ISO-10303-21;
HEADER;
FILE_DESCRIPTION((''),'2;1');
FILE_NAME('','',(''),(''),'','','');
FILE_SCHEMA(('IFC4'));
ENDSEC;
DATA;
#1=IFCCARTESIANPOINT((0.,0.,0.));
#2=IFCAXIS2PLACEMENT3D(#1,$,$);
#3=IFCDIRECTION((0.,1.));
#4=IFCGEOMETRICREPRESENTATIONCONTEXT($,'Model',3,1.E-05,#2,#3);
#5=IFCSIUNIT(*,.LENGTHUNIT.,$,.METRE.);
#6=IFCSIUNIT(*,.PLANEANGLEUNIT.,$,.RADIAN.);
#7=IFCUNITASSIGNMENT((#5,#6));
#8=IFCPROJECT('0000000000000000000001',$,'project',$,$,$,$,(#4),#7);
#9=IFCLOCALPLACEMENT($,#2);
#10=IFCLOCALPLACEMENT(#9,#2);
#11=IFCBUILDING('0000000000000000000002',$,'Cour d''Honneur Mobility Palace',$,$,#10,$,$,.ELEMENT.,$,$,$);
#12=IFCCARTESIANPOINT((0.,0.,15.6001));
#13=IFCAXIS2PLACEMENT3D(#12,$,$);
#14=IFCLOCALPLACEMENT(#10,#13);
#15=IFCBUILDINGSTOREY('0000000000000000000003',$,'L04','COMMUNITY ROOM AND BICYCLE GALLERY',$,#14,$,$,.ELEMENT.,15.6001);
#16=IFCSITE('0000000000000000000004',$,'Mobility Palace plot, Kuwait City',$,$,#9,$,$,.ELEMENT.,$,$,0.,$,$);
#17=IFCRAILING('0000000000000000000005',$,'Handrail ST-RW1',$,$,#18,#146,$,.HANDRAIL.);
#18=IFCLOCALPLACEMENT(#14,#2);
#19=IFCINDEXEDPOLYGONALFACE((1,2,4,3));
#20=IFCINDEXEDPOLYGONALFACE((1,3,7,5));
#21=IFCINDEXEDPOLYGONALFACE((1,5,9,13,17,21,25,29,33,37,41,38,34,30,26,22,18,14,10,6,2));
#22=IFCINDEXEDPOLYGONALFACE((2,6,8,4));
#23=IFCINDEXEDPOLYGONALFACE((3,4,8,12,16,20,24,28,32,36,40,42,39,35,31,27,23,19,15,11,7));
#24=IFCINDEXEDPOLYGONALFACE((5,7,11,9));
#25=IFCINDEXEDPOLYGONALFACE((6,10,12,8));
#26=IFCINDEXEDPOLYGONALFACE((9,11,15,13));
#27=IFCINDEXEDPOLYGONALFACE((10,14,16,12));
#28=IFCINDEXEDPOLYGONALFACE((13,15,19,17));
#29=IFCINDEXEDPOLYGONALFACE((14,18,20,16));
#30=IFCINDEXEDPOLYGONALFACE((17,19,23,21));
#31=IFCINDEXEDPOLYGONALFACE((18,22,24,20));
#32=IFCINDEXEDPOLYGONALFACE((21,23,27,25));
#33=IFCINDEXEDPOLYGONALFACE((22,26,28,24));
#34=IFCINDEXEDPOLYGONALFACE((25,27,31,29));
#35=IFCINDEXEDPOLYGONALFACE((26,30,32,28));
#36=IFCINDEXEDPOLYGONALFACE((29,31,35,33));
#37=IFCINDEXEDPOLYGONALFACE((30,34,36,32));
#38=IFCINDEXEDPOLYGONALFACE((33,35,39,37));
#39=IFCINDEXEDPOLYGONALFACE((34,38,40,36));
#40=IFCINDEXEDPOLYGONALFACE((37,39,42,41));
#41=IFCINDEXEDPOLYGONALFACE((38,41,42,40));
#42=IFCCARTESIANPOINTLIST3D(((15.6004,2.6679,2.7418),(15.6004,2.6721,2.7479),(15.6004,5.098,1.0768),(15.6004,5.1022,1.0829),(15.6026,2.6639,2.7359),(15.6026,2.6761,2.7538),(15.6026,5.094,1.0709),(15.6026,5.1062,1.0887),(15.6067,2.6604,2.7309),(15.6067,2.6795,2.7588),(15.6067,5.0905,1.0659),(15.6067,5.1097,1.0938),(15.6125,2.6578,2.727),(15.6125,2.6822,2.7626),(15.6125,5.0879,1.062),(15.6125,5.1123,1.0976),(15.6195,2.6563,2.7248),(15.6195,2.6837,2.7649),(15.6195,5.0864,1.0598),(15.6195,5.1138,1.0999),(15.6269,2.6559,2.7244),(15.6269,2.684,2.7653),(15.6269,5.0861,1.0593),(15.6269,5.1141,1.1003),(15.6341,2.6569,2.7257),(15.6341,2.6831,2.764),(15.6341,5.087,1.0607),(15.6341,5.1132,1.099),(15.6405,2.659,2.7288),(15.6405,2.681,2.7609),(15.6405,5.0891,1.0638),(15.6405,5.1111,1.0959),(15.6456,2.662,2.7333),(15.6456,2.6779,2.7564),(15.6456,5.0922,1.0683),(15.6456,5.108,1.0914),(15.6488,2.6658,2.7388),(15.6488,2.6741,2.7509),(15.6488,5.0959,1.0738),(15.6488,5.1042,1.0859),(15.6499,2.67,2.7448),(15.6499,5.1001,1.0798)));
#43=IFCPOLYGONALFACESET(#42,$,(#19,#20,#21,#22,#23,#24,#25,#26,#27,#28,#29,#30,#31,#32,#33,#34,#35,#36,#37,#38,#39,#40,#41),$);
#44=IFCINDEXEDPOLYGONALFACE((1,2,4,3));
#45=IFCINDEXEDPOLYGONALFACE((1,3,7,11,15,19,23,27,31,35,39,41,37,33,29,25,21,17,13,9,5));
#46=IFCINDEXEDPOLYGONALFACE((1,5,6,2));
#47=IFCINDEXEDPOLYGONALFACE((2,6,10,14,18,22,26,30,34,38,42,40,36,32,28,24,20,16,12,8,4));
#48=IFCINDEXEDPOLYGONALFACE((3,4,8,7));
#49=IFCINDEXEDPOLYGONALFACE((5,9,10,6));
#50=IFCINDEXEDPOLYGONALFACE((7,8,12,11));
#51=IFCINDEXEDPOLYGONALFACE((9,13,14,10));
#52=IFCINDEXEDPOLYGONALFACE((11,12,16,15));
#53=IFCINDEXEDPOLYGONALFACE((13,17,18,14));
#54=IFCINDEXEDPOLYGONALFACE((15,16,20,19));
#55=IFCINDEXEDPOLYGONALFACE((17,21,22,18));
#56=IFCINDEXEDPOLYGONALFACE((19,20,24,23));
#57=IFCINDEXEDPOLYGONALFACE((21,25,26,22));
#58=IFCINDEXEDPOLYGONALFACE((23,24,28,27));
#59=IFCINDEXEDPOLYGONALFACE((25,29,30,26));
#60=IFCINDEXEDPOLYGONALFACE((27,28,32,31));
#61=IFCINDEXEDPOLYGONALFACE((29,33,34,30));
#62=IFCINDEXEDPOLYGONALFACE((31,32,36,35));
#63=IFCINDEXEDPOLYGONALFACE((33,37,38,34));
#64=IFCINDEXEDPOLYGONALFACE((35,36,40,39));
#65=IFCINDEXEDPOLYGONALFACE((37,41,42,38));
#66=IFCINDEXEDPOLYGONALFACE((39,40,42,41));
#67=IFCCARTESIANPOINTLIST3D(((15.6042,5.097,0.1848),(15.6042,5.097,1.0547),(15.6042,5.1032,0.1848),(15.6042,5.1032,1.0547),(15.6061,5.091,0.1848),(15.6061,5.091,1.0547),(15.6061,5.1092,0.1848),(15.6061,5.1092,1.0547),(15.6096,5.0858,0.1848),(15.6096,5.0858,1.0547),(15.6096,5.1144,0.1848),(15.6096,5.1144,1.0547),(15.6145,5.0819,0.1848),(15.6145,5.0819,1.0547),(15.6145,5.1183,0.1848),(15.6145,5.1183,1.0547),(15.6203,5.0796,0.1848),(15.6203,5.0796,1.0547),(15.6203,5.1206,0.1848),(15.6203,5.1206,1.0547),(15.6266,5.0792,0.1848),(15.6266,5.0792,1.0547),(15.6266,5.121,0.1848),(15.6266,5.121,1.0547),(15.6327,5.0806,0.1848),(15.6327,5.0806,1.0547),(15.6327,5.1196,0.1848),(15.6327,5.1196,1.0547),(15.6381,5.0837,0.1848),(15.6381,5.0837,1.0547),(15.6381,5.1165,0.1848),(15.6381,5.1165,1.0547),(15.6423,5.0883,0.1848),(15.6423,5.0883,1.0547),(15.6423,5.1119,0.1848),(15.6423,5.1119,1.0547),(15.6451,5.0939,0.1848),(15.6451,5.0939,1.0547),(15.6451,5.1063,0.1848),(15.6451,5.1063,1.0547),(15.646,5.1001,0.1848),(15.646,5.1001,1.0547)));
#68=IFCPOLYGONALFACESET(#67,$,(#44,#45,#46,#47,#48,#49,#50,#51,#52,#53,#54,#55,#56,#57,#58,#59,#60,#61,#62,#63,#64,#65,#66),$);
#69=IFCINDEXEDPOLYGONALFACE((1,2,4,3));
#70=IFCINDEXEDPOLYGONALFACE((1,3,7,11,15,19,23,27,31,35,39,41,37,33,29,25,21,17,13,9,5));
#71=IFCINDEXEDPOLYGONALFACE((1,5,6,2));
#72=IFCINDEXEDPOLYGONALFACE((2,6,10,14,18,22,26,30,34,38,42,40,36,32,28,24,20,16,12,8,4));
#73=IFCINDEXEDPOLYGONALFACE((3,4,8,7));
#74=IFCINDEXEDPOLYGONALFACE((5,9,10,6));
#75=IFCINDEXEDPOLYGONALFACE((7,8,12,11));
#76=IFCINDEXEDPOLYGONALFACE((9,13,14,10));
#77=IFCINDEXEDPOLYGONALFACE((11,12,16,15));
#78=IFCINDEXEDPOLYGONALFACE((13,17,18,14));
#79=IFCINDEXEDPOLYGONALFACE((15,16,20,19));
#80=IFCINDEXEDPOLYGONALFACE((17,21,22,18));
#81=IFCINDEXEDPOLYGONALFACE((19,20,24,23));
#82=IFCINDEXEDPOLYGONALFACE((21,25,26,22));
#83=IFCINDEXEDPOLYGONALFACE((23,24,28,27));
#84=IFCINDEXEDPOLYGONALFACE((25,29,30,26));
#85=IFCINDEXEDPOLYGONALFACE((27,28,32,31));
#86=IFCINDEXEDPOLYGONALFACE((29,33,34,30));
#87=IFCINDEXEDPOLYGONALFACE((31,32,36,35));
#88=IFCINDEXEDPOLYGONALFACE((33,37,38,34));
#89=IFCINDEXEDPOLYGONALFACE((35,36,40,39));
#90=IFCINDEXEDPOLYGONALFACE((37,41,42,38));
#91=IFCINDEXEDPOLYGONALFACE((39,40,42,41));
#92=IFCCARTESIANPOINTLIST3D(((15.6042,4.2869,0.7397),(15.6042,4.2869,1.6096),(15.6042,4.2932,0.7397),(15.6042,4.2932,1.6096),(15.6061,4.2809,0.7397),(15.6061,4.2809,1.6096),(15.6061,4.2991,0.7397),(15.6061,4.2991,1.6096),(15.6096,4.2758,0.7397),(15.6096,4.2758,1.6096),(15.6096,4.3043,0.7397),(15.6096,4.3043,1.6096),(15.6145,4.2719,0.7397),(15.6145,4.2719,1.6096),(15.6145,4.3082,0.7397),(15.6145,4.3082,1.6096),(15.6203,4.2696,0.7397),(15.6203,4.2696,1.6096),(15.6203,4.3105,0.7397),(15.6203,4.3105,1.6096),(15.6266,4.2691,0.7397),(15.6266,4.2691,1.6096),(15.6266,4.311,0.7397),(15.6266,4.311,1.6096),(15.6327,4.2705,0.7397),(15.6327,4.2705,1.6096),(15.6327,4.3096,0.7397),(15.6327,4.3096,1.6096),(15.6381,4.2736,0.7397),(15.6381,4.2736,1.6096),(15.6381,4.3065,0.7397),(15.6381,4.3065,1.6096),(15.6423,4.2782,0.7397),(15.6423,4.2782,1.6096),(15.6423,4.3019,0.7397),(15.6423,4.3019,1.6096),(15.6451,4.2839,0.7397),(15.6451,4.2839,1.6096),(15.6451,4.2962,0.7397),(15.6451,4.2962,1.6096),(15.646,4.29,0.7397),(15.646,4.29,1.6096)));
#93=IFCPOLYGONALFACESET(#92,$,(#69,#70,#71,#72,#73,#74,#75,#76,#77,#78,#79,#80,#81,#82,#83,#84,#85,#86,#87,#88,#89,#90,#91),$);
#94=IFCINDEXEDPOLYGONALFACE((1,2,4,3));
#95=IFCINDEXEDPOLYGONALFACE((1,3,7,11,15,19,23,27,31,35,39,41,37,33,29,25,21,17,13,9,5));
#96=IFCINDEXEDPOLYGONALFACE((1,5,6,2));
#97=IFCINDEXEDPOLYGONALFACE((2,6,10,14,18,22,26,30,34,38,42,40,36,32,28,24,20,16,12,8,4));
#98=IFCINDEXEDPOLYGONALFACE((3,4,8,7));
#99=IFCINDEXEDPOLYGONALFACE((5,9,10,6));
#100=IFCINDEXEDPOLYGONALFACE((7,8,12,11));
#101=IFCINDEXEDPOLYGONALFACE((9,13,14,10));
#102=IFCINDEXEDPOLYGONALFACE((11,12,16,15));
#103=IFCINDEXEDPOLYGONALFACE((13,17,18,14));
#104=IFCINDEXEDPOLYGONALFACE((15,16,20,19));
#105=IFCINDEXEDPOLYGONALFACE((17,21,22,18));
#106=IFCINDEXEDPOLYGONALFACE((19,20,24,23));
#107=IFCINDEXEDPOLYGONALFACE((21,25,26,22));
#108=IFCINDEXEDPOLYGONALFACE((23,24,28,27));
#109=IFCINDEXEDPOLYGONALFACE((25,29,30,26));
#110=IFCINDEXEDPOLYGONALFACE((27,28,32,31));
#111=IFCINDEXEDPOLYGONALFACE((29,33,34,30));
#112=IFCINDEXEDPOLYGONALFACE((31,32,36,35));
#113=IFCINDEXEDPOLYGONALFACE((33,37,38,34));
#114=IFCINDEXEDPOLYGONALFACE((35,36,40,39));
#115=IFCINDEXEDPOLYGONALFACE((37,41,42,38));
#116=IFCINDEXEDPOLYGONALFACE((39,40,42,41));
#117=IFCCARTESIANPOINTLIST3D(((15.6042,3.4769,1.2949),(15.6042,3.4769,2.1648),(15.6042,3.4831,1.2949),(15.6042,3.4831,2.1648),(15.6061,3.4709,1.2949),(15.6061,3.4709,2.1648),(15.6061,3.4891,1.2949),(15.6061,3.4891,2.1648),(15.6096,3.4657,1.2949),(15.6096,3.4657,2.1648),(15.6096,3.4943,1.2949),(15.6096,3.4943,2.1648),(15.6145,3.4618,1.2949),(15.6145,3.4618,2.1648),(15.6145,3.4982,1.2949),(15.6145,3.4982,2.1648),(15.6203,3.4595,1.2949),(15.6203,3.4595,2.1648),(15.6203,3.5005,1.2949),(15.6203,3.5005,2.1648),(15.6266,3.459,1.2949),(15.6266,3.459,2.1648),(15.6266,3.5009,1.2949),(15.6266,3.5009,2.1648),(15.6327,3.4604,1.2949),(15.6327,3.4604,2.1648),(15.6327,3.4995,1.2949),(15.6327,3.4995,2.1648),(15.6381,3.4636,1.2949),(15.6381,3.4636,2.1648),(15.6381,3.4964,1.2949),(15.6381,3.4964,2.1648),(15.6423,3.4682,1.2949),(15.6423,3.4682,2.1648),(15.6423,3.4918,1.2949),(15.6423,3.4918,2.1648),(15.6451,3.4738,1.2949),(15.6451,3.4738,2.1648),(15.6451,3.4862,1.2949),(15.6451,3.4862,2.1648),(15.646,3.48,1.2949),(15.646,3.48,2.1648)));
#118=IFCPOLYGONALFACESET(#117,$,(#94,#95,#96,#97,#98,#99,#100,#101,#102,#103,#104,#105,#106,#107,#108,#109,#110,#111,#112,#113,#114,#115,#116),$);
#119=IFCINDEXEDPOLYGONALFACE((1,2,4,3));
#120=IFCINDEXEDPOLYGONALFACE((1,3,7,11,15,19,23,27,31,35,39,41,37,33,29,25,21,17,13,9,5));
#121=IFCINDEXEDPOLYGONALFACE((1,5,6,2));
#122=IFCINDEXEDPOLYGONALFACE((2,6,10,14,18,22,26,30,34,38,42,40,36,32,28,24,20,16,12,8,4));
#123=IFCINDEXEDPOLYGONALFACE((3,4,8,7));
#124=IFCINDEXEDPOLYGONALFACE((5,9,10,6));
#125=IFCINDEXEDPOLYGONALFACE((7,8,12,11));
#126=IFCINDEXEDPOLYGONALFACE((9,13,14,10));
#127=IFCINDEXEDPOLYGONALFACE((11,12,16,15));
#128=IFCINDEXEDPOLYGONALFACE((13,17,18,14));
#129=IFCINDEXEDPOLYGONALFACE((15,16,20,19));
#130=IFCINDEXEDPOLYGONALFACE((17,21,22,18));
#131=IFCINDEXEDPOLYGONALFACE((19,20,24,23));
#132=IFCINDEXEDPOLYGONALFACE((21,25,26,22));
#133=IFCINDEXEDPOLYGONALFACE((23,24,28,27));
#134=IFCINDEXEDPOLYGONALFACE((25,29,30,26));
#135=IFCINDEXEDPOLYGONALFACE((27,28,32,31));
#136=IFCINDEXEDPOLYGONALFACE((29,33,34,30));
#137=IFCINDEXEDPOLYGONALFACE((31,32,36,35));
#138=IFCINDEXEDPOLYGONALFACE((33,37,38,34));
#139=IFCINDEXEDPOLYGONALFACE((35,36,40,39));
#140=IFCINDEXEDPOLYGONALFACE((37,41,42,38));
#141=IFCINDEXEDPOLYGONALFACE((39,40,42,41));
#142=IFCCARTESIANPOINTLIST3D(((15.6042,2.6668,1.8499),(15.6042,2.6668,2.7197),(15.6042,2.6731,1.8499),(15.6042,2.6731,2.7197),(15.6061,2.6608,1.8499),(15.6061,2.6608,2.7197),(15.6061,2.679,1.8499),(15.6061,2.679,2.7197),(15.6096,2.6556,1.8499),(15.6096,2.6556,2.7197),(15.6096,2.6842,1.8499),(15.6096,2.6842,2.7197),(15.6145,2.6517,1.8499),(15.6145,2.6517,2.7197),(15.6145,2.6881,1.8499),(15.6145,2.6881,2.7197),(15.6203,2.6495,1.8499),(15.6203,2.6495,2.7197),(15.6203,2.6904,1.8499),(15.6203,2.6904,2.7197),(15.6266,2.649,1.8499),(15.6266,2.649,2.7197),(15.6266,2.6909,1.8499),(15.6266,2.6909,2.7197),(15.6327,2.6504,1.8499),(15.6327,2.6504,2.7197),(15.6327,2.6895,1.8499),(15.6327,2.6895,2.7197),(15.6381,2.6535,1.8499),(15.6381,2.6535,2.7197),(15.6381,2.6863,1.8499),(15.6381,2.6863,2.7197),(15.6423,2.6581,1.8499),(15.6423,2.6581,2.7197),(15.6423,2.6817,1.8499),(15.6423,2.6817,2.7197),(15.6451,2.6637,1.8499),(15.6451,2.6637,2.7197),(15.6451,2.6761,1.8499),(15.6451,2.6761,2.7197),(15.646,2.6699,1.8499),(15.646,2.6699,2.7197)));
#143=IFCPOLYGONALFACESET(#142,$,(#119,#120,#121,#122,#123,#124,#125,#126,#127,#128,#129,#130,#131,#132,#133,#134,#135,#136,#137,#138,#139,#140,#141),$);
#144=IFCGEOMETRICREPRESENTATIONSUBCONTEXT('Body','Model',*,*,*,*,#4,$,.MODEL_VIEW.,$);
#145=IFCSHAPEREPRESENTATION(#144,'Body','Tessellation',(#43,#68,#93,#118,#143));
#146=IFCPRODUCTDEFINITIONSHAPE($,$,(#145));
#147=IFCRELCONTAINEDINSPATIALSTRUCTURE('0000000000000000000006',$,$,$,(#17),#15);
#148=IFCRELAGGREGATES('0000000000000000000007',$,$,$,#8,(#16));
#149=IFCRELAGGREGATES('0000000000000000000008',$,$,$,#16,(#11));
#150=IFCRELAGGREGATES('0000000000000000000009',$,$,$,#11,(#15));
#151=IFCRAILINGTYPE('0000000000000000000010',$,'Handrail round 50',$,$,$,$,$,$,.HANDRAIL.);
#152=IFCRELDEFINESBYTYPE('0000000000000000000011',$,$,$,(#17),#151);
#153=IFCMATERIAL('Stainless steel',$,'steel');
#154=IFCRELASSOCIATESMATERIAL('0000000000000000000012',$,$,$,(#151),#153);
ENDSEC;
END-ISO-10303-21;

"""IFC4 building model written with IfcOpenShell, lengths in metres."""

from ifc_helpers import new_model, si_unit, direction, frame, origin, origin_2d, place, context, subcontext, project, spatial, circle, extrude, material, type_object, element, save


model = new_model("IFC4")

# Units and contexts
model_context = context("Model", 3, precision=1e-05, world=origin(), true_north=direction((0.0, 1.0)))
body_context = subcontext(model_context, "Body", "Model", "MODEL_VIEW")
ifc_project = project(units=[si_unit("LENGTHUNIT", "METRE"), si_unit("PLANEANGLEUNIT", "RADIAN")], contexts=[model_context])

# Site, building, storey
site_placement = place(None, origin())
site = spatial("IfcSite", under=ifc_project, at=site_placement, Name="Mobility Palace plot, Kuwait City", CompositionType="ELEMENT", RefElevation=0.0)
building_placement = place(site_placement, origin())
building = spatial("IfcBuilding", under=site, at=building_placement, Name="Cour d'Honneur Mobility Palace", CompositionType="ELEMENT")
storey_placement = place(building_placement, frame((0.0, 0.0, 15.6001)))
storey = spatial("IfcBuildingStorey", under=building, at=storey_placement, Name="L04", Description="COMMUNITY ROOM AND BICYCLE GALLERY", CompositionType="ELEMENT", Elevation=15.6001)

# Railing
ifc_material_1 = material(Name="Stainless steel", Category="steel")
railing_type_1 = type_object("IfcRailingType", Name="Handrail round 50", PredefinedType="HANDRAIL", material=ifc_material_1)
railing_1_placement = place(storey_placement, frame((15.625, 5.1001, 0.1848)))
element("IfcRailing", 1, at=railing_1_placement, inside=storey, type_object=railing_type_1, Name="Handrail ST-RW1", PredefinedType="HANDRAIL", context=body_context, shape_type="SweptSolid", body=[
    extrude(circle(Radius=0.0249, at=origin_2d()), frame((0.0, 0.0, 0.895), z_axis=(0.0, -0.824945, 0.565213), x_axis=(1.0, 0.0, 0.0)), (0.0, 0.0, 1.0), 2.9458),
    extrude(circle(Radius=0.021, at=origin_2d()), origin(), (0.0, 0.0, 1.0), 0.8699),
    extrude(circle(Radius=0.021, at=origin_2d()), frame((0.0, -0.8101, 0.5549)), (0.0, 0.0, 1.0), 0.8699),
    extrude(circle(Radius=0.021, at=origin_2d()), frame((0.0, -1.6201, 1.1101)), (0.0, 0.0, 1.0), 0.8699),
    extrude(circle(Radius=0.021, at=origin_2d()), frame((0.0, -2.4302, 1.665)), (0.0, 0.0, 1.0), 0.8699),
])

save(model, "model.ifc")
